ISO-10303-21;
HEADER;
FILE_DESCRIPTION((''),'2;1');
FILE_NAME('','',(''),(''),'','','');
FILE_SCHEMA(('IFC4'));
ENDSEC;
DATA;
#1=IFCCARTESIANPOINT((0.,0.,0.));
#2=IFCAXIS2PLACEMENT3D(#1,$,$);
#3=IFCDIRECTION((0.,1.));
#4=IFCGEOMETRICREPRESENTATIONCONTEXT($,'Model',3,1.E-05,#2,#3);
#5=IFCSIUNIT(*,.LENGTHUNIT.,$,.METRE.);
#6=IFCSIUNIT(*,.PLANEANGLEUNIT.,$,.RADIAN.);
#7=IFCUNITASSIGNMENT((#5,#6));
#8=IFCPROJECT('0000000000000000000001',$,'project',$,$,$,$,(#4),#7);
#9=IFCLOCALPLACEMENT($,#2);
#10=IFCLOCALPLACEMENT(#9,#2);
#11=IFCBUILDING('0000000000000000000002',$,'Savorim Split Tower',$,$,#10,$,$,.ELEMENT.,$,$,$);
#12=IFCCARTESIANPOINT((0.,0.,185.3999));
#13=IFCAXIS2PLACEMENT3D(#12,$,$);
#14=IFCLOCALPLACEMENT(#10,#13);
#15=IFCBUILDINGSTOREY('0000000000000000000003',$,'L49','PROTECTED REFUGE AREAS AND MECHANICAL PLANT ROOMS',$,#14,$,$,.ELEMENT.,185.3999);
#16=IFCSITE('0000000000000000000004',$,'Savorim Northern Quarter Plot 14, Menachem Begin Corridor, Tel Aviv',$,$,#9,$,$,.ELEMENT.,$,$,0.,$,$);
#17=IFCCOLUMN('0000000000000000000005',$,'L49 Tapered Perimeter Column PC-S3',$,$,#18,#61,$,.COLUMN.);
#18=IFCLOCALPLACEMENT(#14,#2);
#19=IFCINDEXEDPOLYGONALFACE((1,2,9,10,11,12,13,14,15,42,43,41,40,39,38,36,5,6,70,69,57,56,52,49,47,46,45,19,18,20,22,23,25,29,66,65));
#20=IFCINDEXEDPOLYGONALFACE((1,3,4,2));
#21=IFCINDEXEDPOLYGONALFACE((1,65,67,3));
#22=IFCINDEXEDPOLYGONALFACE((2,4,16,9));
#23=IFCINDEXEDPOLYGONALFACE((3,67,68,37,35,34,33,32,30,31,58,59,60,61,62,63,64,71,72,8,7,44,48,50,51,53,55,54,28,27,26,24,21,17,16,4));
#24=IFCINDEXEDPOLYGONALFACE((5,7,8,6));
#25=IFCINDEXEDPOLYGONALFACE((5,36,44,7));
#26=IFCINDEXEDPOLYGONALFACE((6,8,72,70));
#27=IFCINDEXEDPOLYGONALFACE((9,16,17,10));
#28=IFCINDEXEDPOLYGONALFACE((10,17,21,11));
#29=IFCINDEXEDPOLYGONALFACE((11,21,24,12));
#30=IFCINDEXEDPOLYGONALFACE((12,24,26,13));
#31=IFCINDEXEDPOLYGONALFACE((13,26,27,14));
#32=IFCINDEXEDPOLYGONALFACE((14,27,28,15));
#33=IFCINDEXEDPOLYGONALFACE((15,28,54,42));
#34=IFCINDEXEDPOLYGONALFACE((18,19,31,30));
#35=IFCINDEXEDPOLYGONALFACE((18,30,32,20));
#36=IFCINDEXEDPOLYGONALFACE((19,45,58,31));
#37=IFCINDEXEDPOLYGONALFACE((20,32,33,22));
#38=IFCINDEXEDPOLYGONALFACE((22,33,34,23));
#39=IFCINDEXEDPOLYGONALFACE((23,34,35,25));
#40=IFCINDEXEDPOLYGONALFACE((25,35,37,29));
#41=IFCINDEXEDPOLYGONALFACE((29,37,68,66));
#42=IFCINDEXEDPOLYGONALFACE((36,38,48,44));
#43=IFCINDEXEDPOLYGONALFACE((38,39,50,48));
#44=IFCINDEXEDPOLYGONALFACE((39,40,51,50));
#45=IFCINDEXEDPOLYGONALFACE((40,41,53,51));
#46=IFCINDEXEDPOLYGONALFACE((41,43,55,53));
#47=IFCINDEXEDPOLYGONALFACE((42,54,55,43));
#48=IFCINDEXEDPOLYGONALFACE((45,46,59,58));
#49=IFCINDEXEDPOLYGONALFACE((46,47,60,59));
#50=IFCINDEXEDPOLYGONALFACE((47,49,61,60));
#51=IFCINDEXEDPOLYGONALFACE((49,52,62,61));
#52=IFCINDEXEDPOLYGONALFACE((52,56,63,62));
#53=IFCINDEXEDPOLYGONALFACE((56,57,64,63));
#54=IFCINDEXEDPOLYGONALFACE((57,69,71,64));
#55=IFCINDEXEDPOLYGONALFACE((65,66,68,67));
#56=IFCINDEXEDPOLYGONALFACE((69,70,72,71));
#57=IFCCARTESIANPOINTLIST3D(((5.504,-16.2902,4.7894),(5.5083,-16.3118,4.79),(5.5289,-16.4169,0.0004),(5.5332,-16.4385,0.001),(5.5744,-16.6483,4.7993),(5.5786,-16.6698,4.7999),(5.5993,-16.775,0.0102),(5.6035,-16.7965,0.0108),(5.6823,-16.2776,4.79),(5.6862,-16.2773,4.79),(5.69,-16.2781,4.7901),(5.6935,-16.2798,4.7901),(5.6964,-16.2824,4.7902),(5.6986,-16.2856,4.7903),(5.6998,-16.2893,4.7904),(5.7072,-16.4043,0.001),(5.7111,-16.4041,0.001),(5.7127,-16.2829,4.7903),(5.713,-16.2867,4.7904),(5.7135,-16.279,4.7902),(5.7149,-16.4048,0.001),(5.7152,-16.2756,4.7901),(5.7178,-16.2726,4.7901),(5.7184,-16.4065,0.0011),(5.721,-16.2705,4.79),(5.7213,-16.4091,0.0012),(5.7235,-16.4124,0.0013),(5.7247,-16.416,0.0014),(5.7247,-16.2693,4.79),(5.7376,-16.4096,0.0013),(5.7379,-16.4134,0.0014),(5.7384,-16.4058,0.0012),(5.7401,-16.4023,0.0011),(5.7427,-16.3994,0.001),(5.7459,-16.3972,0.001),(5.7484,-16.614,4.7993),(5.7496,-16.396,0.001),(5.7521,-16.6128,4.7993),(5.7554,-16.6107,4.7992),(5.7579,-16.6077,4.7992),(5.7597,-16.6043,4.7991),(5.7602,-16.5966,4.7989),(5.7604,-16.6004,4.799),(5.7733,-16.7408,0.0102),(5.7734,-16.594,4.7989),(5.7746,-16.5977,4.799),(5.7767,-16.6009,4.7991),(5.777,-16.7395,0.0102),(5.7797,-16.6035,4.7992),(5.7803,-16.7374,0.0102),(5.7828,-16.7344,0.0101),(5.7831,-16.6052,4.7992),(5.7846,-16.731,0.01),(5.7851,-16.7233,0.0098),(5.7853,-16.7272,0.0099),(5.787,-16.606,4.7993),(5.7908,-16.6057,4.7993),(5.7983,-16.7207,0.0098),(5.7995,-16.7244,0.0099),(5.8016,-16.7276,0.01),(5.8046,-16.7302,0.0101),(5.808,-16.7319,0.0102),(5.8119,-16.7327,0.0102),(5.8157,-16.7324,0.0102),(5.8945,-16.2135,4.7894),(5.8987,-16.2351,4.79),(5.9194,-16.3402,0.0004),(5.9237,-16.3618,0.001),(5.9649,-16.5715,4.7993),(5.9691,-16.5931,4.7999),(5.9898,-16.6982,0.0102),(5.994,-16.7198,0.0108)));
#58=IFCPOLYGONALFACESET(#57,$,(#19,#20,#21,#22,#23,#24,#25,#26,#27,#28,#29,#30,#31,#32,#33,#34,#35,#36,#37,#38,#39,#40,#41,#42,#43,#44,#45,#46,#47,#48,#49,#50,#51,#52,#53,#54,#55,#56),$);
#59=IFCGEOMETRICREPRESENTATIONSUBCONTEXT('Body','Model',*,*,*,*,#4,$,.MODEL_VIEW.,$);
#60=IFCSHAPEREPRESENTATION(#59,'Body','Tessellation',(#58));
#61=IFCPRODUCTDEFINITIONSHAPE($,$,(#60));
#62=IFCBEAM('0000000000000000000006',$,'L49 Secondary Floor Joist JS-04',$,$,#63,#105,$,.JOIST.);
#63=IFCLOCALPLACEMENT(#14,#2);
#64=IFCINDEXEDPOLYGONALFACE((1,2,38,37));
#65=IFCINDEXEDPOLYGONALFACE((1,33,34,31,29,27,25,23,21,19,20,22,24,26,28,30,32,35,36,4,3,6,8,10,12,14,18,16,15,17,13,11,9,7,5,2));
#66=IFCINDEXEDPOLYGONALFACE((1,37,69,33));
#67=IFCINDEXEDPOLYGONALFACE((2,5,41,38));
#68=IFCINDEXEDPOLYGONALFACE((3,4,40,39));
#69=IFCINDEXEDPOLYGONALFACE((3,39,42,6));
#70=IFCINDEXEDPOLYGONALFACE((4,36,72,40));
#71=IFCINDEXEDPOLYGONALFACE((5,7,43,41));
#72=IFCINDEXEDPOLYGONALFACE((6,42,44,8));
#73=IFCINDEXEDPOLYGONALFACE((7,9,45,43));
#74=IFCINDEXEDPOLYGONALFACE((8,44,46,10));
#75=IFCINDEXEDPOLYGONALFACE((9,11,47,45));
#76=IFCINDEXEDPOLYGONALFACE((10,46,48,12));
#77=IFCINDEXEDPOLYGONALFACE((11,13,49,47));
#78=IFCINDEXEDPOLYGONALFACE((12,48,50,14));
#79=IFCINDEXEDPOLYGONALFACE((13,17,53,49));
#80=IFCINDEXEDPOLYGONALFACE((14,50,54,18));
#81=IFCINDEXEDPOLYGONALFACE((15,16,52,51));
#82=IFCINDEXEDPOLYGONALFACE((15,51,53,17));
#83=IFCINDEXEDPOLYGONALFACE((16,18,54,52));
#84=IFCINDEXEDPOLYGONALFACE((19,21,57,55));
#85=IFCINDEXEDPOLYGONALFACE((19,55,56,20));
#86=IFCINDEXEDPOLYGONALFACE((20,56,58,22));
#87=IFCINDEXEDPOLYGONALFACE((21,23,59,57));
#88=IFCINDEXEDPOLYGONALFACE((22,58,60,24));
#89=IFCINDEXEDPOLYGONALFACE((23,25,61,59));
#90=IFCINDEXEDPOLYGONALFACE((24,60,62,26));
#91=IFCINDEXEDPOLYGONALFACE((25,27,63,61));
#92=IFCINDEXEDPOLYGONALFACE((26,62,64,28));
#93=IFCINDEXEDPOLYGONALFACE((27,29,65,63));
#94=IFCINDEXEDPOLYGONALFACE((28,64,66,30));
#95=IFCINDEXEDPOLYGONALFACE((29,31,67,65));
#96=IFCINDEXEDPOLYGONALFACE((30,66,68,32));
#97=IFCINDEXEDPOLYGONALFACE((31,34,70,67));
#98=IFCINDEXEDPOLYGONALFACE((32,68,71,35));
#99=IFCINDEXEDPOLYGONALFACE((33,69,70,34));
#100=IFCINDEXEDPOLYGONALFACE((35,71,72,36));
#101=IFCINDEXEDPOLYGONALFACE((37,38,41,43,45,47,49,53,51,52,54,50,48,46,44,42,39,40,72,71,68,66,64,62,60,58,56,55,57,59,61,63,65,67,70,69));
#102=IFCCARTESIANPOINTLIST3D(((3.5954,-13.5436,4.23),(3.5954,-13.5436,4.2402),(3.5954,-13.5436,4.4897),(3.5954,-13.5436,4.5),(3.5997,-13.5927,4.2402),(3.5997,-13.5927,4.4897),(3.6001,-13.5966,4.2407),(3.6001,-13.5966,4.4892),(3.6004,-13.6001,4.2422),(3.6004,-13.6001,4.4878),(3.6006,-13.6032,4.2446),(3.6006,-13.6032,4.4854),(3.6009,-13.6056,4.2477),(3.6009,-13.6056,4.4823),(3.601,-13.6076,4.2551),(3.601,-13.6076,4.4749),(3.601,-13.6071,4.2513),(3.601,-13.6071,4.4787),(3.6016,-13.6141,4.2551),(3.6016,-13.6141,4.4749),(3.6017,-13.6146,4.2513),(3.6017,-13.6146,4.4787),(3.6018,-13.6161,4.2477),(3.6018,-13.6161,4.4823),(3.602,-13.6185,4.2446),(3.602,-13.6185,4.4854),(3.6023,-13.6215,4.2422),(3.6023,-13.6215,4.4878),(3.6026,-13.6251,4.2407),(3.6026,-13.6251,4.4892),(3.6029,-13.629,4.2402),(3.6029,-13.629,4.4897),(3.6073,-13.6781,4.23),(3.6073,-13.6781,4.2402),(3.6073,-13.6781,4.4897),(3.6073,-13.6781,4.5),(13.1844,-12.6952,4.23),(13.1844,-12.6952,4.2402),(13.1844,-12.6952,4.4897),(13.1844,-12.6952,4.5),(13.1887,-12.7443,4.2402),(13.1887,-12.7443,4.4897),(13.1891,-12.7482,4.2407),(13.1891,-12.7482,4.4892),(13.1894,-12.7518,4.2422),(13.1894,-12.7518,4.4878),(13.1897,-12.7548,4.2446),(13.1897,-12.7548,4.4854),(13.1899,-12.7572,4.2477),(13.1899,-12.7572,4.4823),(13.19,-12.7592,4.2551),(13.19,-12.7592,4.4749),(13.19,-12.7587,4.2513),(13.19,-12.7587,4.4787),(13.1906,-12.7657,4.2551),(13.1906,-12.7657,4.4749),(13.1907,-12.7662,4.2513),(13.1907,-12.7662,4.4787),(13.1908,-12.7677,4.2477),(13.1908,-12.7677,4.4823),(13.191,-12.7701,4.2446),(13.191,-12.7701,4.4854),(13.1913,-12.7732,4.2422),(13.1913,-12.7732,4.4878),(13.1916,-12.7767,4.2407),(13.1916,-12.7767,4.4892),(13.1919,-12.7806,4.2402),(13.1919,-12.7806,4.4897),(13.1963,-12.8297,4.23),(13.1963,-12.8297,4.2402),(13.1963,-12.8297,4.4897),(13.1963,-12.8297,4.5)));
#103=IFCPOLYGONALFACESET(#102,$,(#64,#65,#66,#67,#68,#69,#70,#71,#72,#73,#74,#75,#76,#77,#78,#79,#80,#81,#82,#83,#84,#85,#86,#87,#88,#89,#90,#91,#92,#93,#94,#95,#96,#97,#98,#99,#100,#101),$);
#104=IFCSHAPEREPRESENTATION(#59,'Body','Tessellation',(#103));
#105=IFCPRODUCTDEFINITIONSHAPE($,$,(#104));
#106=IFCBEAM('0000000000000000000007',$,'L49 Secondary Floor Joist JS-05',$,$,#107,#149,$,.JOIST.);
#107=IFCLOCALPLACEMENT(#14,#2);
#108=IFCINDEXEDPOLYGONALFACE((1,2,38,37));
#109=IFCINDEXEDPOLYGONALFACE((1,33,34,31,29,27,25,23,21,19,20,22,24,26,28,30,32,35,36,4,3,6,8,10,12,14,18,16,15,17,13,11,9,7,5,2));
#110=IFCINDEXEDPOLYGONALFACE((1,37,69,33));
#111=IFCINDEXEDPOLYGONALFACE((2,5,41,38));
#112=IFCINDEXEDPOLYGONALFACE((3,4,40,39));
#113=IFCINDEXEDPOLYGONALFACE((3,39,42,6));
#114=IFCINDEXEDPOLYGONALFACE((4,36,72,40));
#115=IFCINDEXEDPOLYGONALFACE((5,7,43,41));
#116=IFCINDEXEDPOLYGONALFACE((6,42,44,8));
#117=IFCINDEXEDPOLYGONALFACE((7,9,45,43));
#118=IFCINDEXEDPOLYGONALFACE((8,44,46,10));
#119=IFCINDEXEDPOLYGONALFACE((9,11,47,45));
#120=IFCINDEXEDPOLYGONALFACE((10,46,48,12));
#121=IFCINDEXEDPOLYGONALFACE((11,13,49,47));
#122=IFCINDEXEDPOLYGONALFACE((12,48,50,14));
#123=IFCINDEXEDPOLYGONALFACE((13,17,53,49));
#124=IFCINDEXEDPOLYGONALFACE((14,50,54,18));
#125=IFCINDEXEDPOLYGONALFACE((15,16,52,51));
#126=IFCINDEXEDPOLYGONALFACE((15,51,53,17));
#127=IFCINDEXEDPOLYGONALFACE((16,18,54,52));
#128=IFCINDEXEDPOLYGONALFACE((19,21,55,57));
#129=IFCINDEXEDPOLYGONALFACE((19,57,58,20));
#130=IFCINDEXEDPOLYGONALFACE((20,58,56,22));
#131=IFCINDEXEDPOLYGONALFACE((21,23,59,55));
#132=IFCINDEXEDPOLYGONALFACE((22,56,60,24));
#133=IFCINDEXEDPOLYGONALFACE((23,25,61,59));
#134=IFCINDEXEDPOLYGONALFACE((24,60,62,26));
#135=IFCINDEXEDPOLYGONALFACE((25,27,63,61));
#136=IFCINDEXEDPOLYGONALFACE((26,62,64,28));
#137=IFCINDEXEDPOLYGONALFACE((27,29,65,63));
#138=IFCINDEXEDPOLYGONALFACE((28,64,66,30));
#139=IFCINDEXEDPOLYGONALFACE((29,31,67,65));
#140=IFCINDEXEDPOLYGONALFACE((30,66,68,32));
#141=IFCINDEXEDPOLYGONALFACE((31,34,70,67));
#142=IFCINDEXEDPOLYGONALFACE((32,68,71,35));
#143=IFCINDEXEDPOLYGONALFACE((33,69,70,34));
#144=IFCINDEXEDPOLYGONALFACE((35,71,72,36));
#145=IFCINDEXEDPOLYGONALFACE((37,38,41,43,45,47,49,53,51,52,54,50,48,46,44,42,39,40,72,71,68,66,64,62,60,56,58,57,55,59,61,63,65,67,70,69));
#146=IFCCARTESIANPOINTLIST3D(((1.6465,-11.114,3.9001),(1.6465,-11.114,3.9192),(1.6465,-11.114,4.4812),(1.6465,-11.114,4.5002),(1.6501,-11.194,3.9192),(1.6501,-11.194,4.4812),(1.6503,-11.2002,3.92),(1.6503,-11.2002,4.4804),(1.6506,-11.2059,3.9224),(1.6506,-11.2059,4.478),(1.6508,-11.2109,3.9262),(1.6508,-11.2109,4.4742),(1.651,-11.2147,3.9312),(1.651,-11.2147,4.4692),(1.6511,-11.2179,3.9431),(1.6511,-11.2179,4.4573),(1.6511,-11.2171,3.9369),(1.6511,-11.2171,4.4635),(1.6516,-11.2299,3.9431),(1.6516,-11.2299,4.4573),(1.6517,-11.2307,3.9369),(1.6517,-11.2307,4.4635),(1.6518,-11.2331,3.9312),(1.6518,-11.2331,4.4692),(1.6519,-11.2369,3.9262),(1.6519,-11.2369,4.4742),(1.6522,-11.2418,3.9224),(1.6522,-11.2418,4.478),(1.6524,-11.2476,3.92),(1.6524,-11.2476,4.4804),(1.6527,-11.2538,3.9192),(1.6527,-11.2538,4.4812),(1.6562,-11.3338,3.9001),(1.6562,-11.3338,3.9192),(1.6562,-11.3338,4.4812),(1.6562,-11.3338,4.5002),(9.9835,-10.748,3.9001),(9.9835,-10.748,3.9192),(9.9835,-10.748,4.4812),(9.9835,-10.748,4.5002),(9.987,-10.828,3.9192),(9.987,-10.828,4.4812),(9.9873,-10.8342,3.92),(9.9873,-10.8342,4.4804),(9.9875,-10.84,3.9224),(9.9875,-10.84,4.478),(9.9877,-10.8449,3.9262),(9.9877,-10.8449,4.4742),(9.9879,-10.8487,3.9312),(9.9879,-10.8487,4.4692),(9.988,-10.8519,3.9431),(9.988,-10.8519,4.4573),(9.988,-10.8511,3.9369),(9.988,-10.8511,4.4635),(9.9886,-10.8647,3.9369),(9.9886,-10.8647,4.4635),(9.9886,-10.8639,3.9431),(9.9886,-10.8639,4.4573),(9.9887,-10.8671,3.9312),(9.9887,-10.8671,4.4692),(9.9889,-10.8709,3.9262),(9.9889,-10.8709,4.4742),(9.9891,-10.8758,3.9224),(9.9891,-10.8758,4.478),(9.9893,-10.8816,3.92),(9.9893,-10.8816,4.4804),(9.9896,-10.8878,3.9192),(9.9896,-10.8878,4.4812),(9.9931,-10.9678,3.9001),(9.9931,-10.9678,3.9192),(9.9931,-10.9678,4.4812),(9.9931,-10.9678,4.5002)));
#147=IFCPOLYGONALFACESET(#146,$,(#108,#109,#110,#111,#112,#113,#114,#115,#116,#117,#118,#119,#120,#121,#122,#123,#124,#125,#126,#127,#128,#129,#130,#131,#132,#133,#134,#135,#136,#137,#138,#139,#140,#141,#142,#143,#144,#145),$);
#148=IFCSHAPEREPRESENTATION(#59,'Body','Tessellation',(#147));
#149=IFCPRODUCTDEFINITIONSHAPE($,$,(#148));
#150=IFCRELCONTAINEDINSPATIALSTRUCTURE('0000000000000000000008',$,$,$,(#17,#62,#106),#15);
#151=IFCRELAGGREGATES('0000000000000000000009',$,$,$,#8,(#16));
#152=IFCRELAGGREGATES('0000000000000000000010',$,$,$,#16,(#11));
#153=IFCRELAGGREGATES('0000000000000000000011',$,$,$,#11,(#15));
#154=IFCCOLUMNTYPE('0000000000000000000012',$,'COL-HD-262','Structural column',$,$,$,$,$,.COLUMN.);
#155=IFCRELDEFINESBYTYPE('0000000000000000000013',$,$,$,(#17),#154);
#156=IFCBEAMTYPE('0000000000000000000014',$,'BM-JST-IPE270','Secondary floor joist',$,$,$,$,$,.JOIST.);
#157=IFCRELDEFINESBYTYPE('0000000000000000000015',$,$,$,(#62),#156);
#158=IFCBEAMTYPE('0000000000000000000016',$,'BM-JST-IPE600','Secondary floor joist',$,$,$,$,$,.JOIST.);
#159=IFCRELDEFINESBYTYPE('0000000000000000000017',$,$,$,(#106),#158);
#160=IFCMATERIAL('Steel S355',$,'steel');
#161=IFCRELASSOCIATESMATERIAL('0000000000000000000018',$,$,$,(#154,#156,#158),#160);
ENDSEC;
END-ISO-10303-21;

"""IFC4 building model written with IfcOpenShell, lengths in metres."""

from ifc_helpers import new_model, si_unit, direction, frame, origin, origin_2d, place, context, subcontext, project, spatial, i_section, extrude, material, material_profile, profile_set, type_object, element, save


model = new_model("IFC4")

# Units and contexts
model_context = context("Model", 3, precision=1e-05, world=origin(), true_north=direction((0.0, 1.0)))
body_context = subcontext(model_context, "Body", "Model", "MODEL_VIEW")
ifc_project = project(units=[si_unit("LENGTHUNIT", "METRE"), si_unit("PLANEANGLEUNIT", "RADIAN")], contexts=[model_context])

# Site, building, storey
site_placement = place(None, origin())
site = spatial("IfcSite", under=ifc_project, at=site_placement, Name="Savorim Northern Quarter Plot 14, Menachem Begin Corridor, Tel Aviv", CompositionType="ELEMENT", RefElevation=0.0)
building_placement = place(site_placement, origin())
building = spatial("IfcBuilding", under=site, at=building_placement, Name="Savorim Split Tower", CompositionType="ELEMENT")
storey_placement = place(building_placement, frame((0.0, 0.0, 185.3999)))
storey = spatial("IfcBuildingStorey", under=building, at=storey_placement, Name="L49", Description="PROTECTED REFUGE AREAS AND MECHANICAL PLANT ROOMS", CompositionType="ELEMENT", Elevation=185.3999)

# Column
ifc_material_1 = material(Name="Steel S355", Category="steel")
ifc_material_profile_1 = material_profile(ifc_material_1, i_section(OverallWidth=0.3979, OverallDepth=0.387, WebThickness=0.0134, FlangeThickness=0.022, FilletRadius=0.0149, at=origin_2d()), Name="HD 400x262")
ifc_profile_set_1 = profile_set([ifc_material_profile_1], Name="Steel S355")
column_type = type_object("IfcColumnType", Name="COL-HD-262", Description="Structural column", PredefinedType="COLUMN", material=ifc_profile_set_1)
column_placement = place(storey_placement, frame((5.7615, -16.5684, 0.0056), z_axis=(-0.005198, 0.026448, 0.999637), x_axis=(-0.98123, -0.192843, 0.0)))
element("IfcColumn", 1, at=column_placement, inside=storey, type_object=column_type, Name="L49 Tapered Perimeter Column PC-S3", PredefinedType="COLUMN", context=body_context, shape_type="SweptSolid", body=[
    extrude(i_section(OverallWidth=0.3979, OverallDepth=0.387, WebThickness=0.0134, FlangeThickness=0.022, FilletRadius=0.0149, at=origin_2d()), origin(), (0.0, 0.0, 1.0), 4.7908),
])

# Beams
ifc_material_profile_2 = material_profile(ifc_material_1, i_section(OverallWidth=0.135, OverallDepth=0.27, WebThickness=0.0066, FlangeThickness=0.0103, FilletRadius=0.0149, at=origin_2d()), Name="IPE 270")
ifc_profile_set_2 = profile_set([ifc_material_profile_2], Name="Steel S355")
beam_type_1 = type_object("IfcBeamType", Name="BM-JST-IPE270", Description="Secondary floor joist", PredefinedType="JOIST", material=ifc_profile_set_2)
beam_1_placement = place(storey_placement, frame((3.6013, -13.6108, 4.365), z_axis=(0.996109, 0.08813, 0.0), x_axis=(-0.08813, 0.996109, 0.0)))
element("IfcBeam", 2, at=beam_1_placement, inside=storey, type_object=beam_type_1, Name="L49 Secondary Floor Joist JS-04", PredefinedType="JOIST", context=body_context, shape_type="SweptSolid", body=[
    extrude(i_section(OverallWidth=0.135, OverallDepth=0.27, WebThickness=0.0066, FlangeThickness=0.0103, FilletRadius=0.0149, at=origin_2d()), origin(), (0.0, 0.0, 1.0), 9.6265),
])
ifc_material_profile_3 = material_profile(ifc_material_1, i_section(OverallWidth=0.22, OverallDepth=0.6001, WebThickness=0.012, FlangeThickness=0.019, FilletRadius=0.0239, at=origin_2d()), Name="IPE 600")
ifc_profile_set_3 = profile_set([ifc_material_profile_3], Name="Steel S355")
beam_type_2 = type_object("IfcBeamType", Name="BM-JST-IPE600", Description="Secondary floor joist", PredefinedType="JOIST", material=ifc_profile_set_3)
beam_2_placement = place(storey_placement, frame((1.6514, -11.2239, 4.2002), z_axis=(0.999038, 0.043855, 0.0), x_axis=(-0.043855, 0.999038, 0.0)))
element("IfcBeam", 3, at=beam_2_placement, inside=storey, type_object=beam_type_2, Name="L49 Secondary Floor Joist JS-05", PredefinedType="JOIST", context=body_context, shape_type="SweptSolid", body=[
    extrude(i_section(OverallWidth=0.22, OverallDepth=0.6001, WebThickness=0.012, FlangeThickness=0.019, FilletRadius=0.0239, at=origin_2d()), origin(), (0.0, 0.0, 1.0), 8.345),
])

save(model, "model.ifc")
